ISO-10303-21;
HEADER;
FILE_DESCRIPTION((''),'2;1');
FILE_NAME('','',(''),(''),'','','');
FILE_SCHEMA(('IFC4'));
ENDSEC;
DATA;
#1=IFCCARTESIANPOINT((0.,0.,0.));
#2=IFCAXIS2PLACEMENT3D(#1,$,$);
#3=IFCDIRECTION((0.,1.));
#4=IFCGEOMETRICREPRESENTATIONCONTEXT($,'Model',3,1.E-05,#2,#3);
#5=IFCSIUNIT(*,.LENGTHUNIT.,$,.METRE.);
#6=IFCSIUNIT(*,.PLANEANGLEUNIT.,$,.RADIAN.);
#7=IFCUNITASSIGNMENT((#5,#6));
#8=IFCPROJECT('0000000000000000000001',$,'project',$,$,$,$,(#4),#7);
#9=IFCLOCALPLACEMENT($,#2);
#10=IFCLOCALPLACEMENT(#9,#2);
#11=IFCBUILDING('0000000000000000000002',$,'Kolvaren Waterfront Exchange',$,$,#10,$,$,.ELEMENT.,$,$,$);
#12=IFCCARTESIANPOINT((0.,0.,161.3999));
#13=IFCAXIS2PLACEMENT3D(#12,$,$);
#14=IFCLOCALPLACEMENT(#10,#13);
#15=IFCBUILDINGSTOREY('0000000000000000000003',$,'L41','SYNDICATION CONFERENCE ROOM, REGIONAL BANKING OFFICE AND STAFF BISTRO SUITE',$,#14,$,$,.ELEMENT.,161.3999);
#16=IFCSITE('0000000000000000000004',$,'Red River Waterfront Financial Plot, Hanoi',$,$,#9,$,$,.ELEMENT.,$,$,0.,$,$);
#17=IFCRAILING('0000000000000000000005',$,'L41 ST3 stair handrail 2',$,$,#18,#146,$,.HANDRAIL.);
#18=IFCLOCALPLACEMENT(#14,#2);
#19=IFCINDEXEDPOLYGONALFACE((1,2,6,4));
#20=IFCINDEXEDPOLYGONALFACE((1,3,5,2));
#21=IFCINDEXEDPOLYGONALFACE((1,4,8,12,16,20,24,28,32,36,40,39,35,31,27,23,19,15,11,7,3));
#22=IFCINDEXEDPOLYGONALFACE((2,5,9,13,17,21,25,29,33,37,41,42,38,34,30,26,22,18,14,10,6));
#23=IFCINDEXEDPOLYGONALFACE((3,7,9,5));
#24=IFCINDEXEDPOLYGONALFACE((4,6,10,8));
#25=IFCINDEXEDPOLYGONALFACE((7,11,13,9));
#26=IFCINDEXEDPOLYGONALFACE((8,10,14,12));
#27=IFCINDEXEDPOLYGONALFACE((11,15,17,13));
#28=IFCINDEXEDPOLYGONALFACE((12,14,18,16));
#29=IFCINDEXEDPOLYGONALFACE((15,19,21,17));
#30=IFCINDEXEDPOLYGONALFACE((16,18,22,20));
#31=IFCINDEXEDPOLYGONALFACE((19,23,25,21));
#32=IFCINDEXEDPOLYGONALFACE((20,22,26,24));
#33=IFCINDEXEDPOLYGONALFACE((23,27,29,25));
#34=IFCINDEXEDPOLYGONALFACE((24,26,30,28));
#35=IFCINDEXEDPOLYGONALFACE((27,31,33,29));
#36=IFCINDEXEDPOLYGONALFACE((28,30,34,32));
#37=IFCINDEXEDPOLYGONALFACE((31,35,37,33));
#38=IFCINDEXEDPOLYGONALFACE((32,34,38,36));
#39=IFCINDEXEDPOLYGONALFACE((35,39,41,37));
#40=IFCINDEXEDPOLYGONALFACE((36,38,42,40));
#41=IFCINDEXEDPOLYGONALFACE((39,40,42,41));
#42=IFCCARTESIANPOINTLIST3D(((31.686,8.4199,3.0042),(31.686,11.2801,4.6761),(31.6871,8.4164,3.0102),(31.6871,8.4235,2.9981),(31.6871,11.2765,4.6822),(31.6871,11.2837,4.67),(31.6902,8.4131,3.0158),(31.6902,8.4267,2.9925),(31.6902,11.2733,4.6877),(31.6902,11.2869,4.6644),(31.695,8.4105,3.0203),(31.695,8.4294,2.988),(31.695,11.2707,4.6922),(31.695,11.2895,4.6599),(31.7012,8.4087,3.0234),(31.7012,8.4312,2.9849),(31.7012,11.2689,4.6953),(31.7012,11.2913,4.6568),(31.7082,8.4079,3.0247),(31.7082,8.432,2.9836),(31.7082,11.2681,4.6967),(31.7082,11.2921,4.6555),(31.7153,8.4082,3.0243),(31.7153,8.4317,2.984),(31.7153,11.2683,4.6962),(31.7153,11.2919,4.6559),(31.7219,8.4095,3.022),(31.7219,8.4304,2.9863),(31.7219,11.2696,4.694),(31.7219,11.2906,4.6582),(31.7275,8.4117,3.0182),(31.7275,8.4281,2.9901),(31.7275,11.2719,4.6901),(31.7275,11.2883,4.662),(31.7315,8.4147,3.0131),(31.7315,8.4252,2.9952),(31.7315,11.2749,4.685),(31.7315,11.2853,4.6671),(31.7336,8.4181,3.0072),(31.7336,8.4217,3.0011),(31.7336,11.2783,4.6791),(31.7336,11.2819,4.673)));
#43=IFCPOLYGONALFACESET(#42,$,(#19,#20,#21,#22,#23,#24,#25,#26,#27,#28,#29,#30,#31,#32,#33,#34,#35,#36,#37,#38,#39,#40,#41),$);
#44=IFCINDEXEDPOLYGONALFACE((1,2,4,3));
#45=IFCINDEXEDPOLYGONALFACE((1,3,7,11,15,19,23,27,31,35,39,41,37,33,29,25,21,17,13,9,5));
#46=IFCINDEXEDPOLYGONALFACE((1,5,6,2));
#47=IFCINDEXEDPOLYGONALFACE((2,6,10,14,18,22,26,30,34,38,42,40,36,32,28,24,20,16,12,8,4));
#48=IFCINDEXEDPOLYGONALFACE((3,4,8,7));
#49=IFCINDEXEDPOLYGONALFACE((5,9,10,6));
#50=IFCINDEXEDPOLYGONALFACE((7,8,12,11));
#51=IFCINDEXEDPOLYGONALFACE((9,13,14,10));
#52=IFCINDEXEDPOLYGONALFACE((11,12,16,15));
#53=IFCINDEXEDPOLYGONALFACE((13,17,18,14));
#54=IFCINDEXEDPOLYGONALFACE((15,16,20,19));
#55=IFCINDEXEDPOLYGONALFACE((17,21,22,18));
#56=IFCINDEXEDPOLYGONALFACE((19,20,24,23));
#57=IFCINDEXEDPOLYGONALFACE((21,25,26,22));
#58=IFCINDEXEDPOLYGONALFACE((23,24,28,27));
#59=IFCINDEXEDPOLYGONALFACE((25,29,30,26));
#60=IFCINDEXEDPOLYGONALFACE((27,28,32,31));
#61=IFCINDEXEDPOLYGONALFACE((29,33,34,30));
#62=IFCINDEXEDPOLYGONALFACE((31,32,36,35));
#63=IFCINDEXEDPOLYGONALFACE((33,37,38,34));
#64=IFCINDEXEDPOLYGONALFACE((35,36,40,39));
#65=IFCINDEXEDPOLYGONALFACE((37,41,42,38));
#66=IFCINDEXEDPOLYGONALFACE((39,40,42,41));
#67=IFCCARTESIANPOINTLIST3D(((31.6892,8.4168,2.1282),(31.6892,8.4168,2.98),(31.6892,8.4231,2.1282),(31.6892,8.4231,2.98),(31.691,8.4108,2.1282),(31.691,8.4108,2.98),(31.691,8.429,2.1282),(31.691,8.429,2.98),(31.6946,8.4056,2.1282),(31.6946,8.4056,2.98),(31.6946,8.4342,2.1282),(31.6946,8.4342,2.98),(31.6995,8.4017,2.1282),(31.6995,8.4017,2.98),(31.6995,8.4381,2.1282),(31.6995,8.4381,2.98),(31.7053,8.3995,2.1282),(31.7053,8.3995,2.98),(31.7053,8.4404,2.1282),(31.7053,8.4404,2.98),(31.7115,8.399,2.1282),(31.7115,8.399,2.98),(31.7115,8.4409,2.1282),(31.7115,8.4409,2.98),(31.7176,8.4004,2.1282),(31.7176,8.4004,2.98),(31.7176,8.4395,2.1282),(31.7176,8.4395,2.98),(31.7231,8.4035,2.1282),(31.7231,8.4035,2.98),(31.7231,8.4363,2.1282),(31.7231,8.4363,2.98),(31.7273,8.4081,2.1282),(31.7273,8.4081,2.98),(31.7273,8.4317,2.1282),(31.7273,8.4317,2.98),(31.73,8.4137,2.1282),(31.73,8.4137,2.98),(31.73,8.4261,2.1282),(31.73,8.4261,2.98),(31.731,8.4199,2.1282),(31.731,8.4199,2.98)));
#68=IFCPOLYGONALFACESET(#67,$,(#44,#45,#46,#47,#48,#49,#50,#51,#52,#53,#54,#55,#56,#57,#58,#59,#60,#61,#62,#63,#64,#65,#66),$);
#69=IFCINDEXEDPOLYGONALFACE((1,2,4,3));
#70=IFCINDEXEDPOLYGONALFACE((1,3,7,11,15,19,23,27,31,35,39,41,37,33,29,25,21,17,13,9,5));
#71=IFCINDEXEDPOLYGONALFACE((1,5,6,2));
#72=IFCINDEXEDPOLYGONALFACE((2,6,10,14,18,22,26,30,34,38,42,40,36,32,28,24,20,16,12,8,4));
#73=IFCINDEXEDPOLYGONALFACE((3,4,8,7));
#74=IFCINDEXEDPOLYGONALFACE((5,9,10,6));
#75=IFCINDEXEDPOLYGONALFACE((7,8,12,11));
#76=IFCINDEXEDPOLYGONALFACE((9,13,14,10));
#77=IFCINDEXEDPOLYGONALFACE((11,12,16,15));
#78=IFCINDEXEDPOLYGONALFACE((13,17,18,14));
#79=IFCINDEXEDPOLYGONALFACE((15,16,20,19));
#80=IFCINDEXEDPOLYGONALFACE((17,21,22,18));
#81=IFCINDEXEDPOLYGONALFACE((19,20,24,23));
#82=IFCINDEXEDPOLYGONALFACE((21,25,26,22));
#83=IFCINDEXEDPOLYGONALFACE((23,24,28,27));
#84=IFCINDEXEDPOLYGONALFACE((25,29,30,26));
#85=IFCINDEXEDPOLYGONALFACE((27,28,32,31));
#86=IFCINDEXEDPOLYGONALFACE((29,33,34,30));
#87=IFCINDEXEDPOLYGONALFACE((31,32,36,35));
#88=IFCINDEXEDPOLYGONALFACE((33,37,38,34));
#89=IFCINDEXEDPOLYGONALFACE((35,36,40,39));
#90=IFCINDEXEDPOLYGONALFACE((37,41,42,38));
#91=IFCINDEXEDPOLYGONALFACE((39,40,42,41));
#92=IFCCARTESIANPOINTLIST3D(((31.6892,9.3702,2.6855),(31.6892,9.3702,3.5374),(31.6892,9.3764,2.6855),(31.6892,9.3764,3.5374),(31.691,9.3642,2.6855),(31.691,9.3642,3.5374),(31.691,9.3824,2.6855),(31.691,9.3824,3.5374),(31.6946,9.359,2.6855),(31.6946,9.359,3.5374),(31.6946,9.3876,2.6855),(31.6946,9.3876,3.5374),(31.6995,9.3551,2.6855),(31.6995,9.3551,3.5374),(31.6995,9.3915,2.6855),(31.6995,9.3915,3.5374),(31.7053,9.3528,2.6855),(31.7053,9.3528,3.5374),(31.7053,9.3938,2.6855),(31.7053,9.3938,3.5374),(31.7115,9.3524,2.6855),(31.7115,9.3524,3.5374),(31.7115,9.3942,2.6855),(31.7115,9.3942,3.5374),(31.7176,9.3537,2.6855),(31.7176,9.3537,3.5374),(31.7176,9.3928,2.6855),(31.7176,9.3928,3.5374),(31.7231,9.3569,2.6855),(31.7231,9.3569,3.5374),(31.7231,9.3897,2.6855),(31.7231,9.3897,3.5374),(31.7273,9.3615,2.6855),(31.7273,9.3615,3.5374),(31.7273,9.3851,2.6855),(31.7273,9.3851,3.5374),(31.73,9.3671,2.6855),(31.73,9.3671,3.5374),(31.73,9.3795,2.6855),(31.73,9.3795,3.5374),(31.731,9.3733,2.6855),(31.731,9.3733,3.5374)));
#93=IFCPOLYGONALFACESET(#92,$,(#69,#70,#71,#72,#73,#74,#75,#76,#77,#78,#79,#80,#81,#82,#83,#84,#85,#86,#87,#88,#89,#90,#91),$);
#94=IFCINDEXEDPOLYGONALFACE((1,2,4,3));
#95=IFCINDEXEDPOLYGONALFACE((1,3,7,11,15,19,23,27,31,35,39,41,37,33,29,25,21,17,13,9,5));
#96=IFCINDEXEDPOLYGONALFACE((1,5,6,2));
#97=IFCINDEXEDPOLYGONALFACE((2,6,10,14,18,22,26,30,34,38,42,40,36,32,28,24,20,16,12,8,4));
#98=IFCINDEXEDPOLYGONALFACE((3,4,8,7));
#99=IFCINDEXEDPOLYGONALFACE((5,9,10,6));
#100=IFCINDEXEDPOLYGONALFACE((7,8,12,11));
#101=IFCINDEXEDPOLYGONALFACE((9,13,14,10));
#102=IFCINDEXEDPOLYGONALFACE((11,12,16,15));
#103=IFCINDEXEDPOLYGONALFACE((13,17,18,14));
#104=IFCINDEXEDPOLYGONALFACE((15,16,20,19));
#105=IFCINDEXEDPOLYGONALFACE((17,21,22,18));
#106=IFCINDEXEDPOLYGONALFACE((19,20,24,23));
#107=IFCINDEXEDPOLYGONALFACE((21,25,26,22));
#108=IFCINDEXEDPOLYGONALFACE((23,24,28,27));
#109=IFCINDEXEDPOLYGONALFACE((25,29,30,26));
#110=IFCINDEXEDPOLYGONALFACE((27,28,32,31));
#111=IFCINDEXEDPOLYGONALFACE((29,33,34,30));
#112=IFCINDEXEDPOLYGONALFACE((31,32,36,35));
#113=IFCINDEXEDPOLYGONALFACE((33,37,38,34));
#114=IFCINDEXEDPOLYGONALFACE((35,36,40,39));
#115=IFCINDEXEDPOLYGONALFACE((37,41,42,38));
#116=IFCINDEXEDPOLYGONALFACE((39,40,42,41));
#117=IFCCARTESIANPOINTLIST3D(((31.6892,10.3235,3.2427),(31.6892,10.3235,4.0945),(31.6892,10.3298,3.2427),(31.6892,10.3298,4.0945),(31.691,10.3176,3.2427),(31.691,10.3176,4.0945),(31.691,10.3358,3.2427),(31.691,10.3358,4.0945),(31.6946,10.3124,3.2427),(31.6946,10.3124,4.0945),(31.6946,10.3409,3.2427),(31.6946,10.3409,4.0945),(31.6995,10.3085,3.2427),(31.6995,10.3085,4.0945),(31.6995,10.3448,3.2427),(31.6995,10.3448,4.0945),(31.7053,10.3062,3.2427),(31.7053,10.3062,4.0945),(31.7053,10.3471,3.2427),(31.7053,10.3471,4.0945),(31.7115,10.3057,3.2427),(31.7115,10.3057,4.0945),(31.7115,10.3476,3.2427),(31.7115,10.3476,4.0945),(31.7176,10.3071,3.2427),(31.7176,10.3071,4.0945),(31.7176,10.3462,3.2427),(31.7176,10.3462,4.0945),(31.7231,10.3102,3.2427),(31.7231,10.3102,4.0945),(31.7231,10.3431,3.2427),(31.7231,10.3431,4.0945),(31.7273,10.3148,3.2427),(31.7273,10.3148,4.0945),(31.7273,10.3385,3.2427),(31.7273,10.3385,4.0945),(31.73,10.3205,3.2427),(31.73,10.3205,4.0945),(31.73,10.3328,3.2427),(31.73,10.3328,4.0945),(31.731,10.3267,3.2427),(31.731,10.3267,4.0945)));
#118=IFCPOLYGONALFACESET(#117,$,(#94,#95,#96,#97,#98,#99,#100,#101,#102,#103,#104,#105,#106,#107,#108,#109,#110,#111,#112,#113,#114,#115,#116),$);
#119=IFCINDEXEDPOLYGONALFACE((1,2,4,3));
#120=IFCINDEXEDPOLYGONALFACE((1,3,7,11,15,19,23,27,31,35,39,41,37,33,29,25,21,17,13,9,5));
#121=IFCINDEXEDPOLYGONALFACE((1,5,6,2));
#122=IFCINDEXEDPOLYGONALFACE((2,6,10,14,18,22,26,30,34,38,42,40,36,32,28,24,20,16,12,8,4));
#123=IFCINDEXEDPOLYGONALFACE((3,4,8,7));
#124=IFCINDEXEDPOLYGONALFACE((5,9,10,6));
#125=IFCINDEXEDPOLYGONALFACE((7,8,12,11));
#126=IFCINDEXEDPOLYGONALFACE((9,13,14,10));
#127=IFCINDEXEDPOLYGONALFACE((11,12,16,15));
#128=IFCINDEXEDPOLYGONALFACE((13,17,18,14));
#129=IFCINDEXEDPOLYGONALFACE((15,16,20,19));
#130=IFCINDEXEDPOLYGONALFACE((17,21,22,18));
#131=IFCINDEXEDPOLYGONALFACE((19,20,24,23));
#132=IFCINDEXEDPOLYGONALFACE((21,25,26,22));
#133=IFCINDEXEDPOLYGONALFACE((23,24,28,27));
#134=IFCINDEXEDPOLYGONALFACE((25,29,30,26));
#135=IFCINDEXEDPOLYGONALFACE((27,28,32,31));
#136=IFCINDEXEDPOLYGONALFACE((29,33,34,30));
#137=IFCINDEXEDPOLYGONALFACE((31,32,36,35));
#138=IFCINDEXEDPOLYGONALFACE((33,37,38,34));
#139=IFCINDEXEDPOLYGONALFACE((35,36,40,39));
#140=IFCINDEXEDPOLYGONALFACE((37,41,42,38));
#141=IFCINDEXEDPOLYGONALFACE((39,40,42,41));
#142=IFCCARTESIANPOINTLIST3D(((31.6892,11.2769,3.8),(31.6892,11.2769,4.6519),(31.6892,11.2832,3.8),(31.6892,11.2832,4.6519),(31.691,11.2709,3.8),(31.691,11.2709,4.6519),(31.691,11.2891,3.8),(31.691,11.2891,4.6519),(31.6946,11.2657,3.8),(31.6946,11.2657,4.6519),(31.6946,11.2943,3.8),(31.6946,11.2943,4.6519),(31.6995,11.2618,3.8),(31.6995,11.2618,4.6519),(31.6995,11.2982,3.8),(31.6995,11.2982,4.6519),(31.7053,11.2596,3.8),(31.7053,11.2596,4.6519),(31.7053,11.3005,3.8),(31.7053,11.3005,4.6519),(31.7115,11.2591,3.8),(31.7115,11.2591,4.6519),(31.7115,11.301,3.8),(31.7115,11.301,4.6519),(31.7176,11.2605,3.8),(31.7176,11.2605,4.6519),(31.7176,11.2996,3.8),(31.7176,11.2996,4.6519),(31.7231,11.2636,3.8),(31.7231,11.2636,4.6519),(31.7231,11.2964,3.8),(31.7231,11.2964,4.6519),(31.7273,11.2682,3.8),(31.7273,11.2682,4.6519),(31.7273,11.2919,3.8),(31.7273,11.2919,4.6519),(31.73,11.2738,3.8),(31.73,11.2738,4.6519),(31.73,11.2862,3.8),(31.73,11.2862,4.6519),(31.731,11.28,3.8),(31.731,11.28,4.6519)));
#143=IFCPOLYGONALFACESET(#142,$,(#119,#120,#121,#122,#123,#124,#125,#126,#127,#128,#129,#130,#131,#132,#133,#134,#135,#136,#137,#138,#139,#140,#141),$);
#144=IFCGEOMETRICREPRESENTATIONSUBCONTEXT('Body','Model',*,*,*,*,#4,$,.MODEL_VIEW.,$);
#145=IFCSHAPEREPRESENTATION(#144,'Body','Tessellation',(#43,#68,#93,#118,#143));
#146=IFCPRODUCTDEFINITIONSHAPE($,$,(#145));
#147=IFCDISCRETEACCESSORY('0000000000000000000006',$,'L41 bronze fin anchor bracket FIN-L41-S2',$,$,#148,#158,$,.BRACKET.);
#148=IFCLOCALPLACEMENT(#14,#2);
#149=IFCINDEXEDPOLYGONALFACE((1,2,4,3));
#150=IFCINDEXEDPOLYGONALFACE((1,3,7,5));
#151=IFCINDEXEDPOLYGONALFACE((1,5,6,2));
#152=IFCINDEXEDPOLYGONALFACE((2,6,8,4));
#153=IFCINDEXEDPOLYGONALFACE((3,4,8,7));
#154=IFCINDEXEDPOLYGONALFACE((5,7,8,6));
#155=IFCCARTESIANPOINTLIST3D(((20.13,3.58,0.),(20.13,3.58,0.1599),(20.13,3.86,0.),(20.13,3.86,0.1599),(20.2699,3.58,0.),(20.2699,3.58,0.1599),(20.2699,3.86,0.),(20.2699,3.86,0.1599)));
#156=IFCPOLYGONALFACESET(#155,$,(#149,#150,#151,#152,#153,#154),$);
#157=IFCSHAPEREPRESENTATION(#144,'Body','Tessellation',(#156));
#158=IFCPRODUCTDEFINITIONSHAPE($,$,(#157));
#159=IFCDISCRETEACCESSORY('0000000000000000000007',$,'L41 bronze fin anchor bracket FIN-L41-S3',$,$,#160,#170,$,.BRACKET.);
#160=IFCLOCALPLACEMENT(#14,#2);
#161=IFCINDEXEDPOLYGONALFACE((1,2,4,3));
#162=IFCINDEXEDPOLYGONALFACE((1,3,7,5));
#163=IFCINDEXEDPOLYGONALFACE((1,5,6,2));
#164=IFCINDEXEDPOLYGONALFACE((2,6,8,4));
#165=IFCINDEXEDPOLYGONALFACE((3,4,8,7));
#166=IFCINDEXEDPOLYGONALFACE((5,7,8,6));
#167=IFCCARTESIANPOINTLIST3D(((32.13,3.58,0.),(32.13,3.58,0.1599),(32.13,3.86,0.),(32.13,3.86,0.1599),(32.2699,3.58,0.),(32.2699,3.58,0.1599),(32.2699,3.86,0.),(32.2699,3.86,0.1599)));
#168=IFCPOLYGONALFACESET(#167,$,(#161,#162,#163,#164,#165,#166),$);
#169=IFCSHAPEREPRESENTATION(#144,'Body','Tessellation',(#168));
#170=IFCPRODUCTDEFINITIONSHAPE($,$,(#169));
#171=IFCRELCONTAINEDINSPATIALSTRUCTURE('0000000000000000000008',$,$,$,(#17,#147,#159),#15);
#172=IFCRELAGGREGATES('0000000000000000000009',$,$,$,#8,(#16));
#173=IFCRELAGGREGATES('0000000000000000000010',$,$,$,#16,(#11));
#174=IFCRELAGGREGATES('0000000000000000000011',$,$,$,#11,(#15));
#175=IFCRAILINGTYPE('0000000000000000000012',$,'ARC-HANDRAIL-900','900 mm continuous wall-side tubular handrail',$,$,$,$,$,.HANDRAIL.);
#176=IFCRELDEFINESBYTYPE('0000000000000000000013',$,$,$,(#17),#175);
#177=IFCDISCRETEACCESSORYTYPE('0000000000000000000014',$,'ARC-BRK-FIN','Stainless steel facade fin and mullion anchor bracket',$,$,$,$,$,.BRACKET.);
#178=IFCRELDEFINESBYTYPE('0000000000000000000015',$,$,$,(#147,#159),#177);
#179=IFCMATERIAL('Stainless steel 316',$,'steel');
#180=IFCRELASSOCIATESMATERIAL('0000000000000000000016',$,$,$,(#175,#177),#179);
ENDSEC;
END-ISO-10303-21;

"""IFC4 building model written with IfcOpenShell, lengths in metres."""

from ifc_helpers import new_model, si_unit, direction, frame, origin, origin_with_axes, origin_2d, place, context, subcontext, project, spatial, rectangle, circle, extrude, source, transform, mapped, material, type_object, element, save


model = new_model("IFC4")

# Units and contexts
model_context = context("Model", 3, precision=1e-05, world=origin(), true_north=direction((0.0, 1.0)))
body_context = subcontext(model_context, "Body", "Model", "MODEL_VIEW")
ifc_project = project(units=[si_unit("LENGTHUNIT", "METRE"), si_unit("PLANEANGLEUNIT", "RADIAN")], contexts=[model_context])

# Site, building, storey
site_placement = place(None, origin())
site = spatial("IfcSite", under=ifc_project, at=site_placement, Name="Red River Waterfront Financial Plot, Hanoi", CompositionType="ELEMENT", RefElevation=0.0)
building_placement = place(site_placement, origin())
building = spatial("IfcBuilding", under=site, at=building_placement, Name="Kolvaren Waterfront Exchange", CompositionType="ELEMENT")
storey_placement = place(building_placement, frame((0.0, 0.0, 161.3999)))
storey = spatial("IfcBuildingStorey", under=building, at=storey_placement, Name="L41", Description="SYNDICATION CONFERENCE ROOM, REGIONAL BANKING OFFICE AND STAFF BISTRO SUITE", CompositionType="ELEMENT", Elevation=161.3999)

# Railing
ifc_material_1 = material(Name="Stainless steel 316", Category="steel")
railing_type_1 = type_object("IfcRailingType", Name="ARC-HANDRAIL-900", Description="900 mm continuous wall-side tubular handrail", PredefinedType="HANDRAIL", material=ifc_material_1)
railing_1_placement = place(storey_placement, frame((31.71, 8.4199, 2.1282)))
element("IfcRailing", 1, at=railing_1_placement, inside=storey, type_object=railing_type_1, Name="L41 ST3 stair handrail 2", PredefinedType="HANDRAIL", context=body_context, shape_type="SweptSolid", body=[
    extrude(circle(Radius=0.0239, at=origin_2d()), frame((0.0, 0.0, 0.876), z_axis=(0.0, 0.863321, 0.504654), x_axis=(-1.0, 0.0, 0.0)), (0.0, 0.0, 1.0), 3.313),
    extrude(circle(Radius=0.021, at=origin_2d()), origin(), (0.0, 0.0, 1.0), 0.8518),
    extrude(circle(Radius=0.021, at=origin_2d()), frame((0.0, 0.9534, 0.5574)), (0.0, 0.0, 1.0), 0.8518),
    extrude(circle(Radius=0.021, at=origin_2d()), frame((0.0, 1.9067, 1.1145)), (0.0, 0.0, 1.0), 0.8518),
    extrude(circle(Radius=0.021, at=origin_2d()), frame((0.0, 2.8601, 1.6719)), (0.0, 0.0, 1.0), 0.8518),
])

# Discrete accessories
discrete_accessory_type = type_object("IfcDiscreteAccessoryType", Name="ARC-BRK-FIN", Description="Stainless steel facade fin and mullion anchor bracket", PredefinedType="BRACKET", material=ifc_material_1)
shared_shape_1 = source(origin_with_axes(), body_context, "Body", "SweptSolid", [
    extrude(rectangle(XDim=0.28, YDim=0.1399, at=origin_2d()), origin(), (0.0, 0.0, 1.0), 0.1599),
])
for number, where, z_axis, x_axis, name in (
    (2, (20.2, 3.72, 0.0), (0.0, 0.0, 1.0), (0.0, -1.0, 0.0), "L41 bronze fin anchor bracket FIN-L41-S2"),
    (3, (32.2, 3.72, 0.0), (0.0, 0.0, 1.0), (0.0, -1.0, 0.0), "L41 bronze fin anchor bracket FIN-L41-S3"),
):
    element("IfcDiscreteAccessory", number, at=place(storey_placement, frame(where, z_axis=z_axis, x_axis=x_axis)), inside=storey, type_object=discrete_accessory_type, Name=name, PredefinedType="BRACKET", context=body_context, shape_type="MappedRepresentation", body=[
        mapped(shared_shape_1, transform((0.0, 0.0, 0.0), x_axis=(1.0, 0.0, 0.0), y_axis=(0.0, 1.0, 0.0), z_axis=(0.0, 0.0, 1.0), scale=1.0)),
    ])

save(model, "model.ifc")
